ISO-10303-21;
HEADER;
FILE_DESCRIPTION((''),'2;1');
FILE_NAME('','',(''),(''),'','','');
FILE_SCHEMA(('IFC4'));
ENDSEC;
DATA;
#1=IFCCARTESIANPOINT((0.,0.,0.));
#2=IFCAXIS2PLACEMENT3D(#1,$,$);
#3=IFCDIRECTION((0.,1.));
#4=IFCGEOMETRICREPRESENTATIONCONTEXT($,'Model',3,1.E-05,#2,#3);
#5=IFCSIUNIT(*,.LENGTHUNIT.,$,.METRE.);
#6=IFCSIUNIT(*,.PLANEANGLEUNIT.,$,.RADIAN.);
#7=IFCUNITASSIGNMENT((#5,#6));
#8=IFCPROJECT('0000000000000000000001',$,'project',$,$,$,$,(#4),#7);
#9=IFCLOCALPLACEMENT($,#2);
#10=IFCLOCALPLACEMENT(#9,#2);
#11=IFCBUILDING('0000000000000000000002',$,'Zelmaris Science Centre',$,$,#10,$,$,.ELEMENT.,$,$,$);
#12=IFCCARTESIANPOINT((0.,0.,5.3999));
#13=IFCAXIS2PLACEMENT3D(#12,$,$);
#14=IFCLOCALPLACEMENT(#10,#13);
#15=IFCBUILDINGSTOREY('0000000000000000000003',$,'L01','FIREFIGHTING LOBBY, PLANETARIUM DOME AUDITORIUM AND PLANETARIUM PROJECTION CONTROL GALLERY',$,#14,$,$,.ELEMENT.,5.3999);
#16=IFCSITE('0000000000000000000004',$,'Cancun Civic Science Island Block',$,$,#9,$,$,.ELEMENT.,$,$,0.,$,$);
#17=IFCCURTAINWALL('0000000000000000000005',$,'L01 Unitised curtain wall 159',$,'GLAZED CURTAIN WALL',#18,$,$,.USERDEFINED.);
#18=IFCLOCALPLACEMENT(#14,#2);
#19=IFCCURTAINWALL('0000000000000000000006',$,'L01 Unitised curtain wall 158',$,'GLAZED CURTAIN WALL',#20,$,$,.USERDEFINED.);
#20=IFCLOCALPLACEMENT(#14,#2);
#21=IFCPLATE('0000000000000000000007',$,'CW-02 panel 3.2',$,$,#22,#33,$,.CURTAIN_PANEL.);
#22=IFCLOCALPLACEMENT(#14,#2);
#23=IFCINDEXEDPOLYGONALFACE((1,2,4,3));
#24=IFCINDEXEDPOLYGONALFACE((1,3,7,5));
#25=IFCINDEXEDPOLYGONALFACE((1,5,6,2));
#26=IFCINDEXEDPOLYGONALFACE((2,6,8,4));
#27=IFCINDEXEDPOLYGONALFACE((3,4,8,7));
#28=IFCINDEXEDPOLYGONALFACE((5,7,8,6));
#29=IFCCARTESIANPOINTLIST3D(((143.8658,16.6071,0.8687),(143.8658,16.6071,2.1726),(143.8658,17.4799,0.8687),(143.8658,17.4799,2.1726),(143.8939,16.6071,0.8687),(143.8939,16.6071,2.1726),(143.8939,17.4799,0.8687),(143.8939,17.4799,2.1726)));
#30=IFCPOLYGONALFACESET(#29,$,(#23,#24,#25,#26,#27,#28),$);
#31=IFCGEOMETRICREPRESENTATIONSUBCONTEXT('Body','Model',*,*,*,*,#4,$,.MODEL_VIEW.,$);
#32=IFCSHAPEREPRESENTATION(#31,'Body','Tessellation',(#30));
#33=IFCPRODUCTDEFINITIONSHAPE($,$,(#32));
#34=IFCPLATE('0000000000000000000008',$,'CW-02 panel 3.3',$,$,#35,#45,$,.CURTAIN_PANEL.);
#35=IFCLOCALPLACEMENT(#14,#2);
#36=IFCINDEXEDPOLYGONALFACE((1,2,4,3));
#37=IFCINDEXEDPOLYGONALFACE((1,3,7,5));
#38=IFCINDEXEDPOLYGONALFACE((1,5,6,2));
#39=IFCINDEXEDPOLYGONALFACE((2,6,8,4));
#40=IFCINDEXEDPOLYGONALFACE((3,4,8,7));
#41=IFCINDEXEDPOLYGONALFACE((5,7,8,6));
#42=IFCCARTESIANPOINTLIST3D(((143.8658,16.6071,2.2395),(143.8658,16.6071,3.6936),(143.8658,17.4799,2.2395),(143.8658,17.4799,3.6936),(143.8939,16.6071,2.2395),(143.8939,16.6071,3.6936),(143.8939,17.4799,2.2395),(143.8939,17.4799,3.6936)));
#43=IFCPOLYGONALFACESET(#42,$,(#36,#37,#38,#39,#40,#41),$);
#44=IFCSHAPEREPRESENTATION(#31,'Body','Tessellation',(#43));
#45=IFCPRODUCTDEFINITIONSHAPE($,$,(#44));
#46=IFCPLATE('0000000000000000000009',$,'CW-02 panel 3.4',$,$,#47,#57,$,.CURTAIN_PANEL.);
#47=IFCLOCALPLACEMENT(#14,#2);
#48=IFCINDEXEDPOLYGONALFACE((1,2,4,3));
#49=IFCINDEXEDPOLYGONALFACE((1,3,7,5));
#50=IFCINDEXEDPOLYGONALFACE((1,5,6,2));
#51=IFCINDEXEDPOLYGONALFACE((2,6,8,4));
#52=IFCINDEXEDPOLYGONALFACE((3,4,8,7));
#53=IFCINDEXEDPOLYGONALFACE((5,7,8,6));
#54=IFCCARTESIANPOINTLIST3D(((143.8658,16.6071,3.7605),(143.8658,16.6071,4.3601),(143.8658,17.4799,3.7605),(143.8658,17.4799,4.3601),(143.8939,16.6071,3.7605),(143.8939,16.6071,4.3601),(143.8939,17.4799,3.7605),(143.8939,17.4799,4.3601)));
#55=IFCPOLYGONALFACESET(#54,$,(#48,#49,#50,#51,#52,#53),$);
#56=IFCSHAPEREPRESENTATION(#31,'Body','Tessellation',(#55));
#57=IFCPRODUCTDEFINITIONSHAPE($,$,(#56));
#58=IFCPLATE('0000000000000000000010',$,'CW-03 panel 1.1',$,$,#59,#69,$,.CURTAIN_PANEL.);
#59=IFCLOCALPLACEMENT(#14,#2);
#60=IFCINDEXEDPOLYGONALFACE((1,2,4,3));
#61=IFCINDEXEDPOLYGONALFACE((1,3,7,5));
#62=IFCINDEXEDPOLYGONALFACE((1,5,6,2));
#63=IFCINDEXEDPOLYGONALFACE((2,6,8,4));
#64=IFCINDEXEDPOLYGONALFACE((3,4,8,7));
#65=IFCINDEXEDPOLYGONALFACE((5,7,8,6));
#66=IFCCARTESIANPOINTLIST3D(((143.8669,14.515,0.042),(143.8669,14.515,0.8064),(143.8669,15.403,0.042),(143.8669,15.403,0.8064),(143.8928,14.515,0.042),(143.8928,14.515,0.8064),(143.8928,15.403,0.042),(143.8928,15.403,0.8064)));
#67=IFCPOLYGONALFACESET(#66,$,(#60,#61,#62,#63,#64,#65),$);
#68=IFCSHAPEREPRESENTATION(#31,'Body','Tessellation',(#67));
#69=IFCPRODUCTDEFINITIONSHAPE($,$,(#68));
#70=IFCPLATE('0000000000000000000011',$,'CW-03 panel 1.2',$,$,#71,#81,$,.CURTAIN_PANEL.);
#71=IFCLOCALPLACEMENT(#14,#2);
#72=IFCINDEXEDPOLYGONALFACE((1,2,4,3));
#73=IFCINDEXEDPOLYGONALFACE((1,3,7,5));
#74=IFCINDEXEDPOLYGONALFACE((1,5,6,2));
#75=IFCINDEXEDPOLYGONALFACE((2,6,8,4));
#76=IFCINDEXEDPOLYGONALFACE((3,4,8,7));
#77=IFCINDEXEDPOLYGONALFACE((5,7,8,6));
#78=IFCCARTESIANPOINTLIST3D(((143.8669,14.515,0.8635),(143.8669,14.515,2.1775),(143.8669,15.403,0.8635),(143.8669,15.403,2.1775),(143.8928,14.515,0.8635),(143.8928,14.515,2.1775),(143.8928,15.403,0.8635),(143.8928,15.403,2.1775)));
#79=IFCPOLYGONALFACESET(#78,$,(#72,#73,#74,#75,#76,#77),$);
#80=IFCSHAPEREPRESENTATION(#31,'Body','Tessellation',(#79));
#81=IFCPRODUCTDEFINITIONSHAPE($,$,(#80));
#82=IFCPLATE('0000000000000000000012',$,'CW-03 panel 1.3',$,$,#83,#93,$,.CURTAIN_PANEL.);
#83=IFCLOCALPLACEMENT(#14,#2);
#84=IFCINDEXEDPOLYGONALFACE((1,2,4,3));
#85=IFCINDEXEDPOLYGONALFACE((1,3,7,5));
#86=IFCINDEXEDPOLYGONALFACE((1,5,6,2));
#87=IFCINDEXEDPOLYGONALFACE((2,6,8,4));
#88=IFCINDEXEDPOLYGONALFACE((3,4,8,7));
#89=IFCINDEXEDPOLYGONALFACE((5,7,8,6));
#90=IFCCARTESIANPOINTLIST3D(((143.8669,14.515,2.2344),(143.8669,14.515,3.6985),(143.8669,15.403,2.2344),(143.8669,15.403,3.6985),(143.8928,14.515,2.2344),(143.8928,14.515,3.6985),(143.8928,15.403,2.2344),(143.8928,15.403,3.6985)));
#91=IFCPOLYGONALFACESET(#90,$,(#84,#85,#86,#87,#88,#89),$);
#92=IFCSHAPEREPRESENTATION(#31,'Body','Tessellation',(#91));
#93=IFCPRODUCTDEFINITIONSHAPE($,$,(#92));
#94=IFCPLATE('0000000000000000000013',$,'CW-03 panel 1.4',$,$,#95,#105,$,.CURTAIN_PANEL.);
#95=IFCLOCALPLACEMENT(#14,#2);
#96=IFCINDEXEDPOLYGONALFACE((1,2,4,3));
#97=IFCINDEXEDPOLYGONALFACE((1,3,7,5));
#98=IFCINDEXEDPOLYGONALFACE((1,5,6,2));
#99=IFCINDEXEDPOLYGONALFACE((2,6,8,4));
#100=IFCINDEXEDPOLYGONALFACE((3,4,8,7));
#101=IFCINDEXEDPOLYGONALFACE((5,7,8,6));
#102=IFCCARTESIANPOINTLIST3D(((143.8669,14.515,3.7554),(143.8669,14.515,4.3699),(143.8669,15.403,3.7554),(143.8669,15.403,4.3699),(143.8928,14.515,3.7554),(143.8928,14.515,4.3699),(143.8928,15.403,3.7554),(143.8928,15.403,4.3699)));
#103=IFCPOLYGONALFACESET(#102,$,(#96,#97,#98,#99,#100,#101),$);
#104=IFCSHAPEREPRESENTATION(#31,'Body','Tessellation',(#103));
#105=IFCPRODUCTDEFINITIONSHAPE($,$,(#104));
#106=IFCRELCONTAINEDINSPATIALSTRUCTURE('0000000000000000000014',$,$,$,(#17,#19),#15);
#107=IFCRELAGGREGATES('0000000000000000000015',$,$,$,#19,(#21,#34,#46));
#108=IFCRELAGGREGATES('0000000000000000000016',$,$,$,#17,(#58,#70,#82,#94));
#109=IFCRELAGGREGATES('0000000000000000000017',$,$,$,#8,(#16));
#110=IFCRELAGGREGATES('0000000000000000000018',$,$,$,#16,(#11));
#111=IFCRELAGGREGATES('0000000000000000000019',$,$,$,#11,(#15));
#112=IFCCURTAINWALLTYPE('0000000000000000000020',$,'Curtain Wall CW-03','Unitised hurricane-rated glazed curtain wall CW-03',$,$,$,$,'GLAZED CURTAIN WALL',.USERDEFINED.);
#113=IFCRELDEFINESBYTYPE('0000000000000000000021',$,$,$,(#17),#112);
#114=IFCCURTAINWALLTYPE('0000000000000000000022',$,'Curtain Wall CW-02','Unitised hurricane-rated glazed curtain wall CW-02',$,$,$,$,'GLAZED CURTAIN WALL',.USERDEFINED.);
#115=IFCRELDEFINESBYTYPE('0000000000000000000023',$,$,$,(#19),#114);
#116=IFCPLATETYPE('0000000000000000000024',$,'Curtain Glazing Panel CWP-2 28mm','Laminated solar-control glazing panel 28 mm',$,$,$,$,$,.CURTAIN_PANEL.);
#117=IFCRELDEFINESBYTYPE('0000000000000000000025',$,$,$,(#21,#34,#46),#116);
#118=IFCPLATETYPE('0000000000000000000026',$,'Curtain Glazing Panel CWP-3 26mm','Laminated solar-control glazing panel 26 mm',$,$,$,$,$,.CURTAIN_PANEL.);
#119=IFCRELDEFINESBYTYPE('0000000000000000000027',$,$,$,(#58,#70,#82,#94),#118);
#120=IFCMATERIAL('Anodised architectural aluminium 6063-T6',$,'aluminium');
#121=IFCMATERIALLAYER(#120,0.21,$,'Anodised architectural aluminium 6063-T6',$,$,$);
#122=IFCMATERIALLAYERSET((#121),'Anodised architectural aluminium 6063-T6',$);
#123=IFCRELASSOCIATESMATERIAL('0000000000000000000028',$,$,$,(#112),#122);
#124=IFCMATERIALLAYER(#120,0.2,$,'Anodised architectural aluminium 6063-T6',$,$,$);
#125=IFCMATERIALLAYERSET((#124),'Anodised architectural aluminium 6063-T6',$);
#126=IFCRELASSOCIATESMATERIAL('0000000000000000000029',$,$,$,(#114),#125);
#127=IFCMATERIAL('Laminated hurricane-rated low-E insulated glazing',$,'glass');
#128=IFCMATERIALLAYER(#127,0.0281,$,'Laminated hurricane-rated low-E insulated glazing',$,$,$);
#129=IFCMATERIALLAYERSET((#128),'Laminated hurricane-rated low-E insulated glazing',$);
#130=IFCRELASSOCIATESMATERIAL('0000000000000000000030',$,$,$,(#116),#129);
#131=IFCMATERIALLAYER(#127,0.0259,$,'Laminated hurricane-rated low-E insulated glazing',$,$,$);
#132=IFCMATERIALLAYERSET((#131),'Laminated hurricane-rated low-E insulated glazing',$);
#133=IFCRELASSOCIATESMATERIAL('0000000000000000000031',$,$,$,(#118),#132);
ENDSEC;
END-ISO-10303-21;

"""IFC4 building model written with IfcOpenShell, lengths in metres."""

from ifc_helpers import new_model, si_unit, direction, frame, origin, origin_2d, place, context, subcontext, project, spatial, rectangle, extrude, material, layer, layer_set, type_object, element, aggregate, save


model = new_model("IFC4")

# Units and contexts
model_context = context("Model", 3, precision=1e-05, world=origin(), true_north=direction((0.0, 1.0)))
body_context = subcontext(model_context, "Body", "Model", "MODEL_VIEW")
ifc_project = project(units=[si_unit("LENGTHUNIT", "METRE"), si_unit("PLANEANGLEUNIT", "RADIAN")], contexts=[model_context])

# Site, building, storey
site_placement = place(None, origin())
site = spatial("IfcSite", under=ifc_project, at=site_placement, Name="Cancun Civic Science Island Block", CompositionType="ELEMENT", RefElevation=0.0)
building_placement = place(site_placement, origin())
building = spatial("IfcBuilding", under=site, at=building_placement, Name="Zelmaris Science Centre", CompositionType="ELEMENT")
storey_placement = place(building_placement, frame((0.0, 0.0, 5.3999)))
storey = spatial("IfcBuildingStorey", under=building, at=storey_placement, Name="L01", Description="FIREFIGHTING LOBBY, PLANETARIUM DOME AUDITORIUM AND PLANETARIUM PROJECTION CONTROL GALLERY", CompositionType="ELEMENT", Elevation=5.3999)

# Curtain wall
ifc_material_1 = material(Name="Anodised architectural aluminium 6063-T6", Category="aluminium")
ifc_layer_1 = layer(ifc_material_1, 0.21, Name="Anodised architectural aluminium 6063-T6")
ifc_layer_set_1 = layer_set([ifc_layer_1], Name="Anodised architectural aluminium 6063-T6")
curtain_wall_type_1 = type_object("IfcCurtainWallType", Name="Curtain Wall CW-03", Description="Unitised hurricane-rated glazed curtain wall CW-03", ElementType="GLAZED CURTAIN WALL", PredefinedType="USERDEFINED", material=ifc_layer_set_1)
curtain_wall_1_placement = place(storey_placement, origin())
curtain_wall_1 = element("IfcCurtainWall", 1, at=curtain_wall_1_placement, inside=storey, type_object=curtain_wall_type_1, Name="L01 Unitised curtain wall 159", ObjectType="GLAZED CURTAIN WALL", PredefinedType="USERDEFINED")

# Curtain wall
ifc_layer_2 = layer(ifc_material_1, 0.2, Name="Anodised architectural aluminium 6063-T6")
ifc_layer_set_2 = layer_set([ifc_layer_2], Name="Anodised architectural aluminium 6063-T6")
curtain_wall_type_2 = type_object("IfcCurtainWallType", Name="Curtain Wall CW-02", Description="Unitised hurricane-rated glazed curtain wall CW-02", ElementType="GLAZED CURTAIN WALL", PredefinedType="USERDEFINED", material=ifc_layer_set_2)
curtain_wall_2_placement = place(storey_placement, origin())
curtain_wall_2 = element("IfcCurtainWall", 2, at=curtain_wall_2_placement, inside=storey, type_object=curtain_wall_type_2, Name="L01 Unitised curtain wall 158", ObjectType="GLAZED CURTAIN WALL", PredefinedType="USERDEFINED")

# Plates
ifc_material_2 = material(Name="Laminated hurricane-rated low-E insulated glazing", Category="glass")
ifc_layer_3 = layer(ifc_material_2, 0.0281, Name="Laminated hurricane-rated low-E insulated glazing")
ifc_layer_set_3 = layer_set([ifc_layer_3], Name="Laminated hurricane-rated low-E insulated glazing")
plate_type_1 = type_object("IfcPlateType", Name="Curtain Glazing Panel CWP-2 28mm", Description="Laminated solar-control glazing panel 28 mm", PredefinedType="CURTAIN_PANEL", material=ifc_layer_set_3)
plate_1_placement = place(storey_placement, frame((143.8799, 17.0435, 0.8687), z_axis=(0.0, 0.0, 1.0), x_axis=(0.0, -1.0, 0.0)))
plate_1 = element("IfcPlate", 3, at=plate_1_placement, type_object=plate_type_1, Name="CW-02 panel 3.2", PredefinedType="CURTAIN_PANEL", context=body_context, shape_type="SweptSolid", body=[
    extrude(rectangle(XDim=0.8728, YDim=0.0281, at=origin_2d()), origin(), (0.0, 0.0, 1.0), 1.304),
])
plate_2_placement = place(storey_placement, frame((143.8799, 17.0435, 2.2395), z_axis=(0.0, 0.0, 1.0), x_axis=(0.0, -1.0, 0.0)))
plate_2 = element("IfcPlate", 4, at=plate_2_placement, type_object=plate_type_1, Name="CW-02 panel 3.3", PredefinedType="CURTAIN_PANEL", context=body_context, shape_type="SweptSolid", body=[
    extrude(rectangle(XDim=0.8728, YDim=0.0281, at=origin_2d()), origin(), (0.0, 0.0, 1.0), 1.4541),
])
plate_3_placement = place(storey_placement, frame((143.8799, 17.0435, 3.7605), z_axis=(0.0, 0.0, 1.0), x_axis=(0.0, -1.0, 0.0)))
plate_3 = element("IfcPlate", 5, at=plate_3_placement, type_object=plate_type_1, Name="CW-02 panel 3.4", PredefinedType="CURTAIN_PANEL", context=body_context, shape_type="SweptSolid", body=[
    extrude(rectangle(XDim=0.8728, YDim=0.0281, at=origin_2d()), origin(), (0.0, 0.0, 1.0), 0.5996),
])
aggregate(curtain_wall_2, [plate_1, plate_2, plate_3])
ifc_layer_4 = layer(ifc_material_2, 0.0259, Name="Laminated hurricane-rated low-E insulated glazing")
ifc_layer_set_4 = layer_set([ifc_layer_4], Name="Laminated hurricane-rated low-E insulated glazing")
plate_type_2 = type_object("IfcPlateType", Name="Curtain Glazing Panel CWP-3 26mm", Description="Laminated solar-control glazing panel 26 mm", PredefinedType="CURTAIN_PANEL", material=ifc_layer_set_4)
plate_4_placement = place(storey_placement, frame((143.8799, 14.959, 0.042), z_axis=(0.0, 0.0, 1.0), x_axis=(0.0, -1.0, 0.0)))
plate_4 = element("IfcPlate", 6, at=plate_4_placement, type_object=plate_type_2, Name="CW-03 panel 1.1", PredefinedType="CURTAIN_PANEL", context=body_context, shape_type="SweptSolid", body=[
    extrude(rectangle(XDim=0.8879, YDim=0.0259, at=origin_2d()), origin(), (0.0, 0.0, 1.0), 0.7644),
])
plate_5_placement = place(storey_placement, frame((143.8799, 14.959, 0.8635), z_axis=(0.0, 0.0, 1.0), x_axis=(0.0, -1.0, 0.0)))
plate_5 = element("IfcPlate", 7, at=plate_5_placement, type_object=plate_type_2, Name="CW-03 panel 1.2", PredefinedType="CURTAIN_PANEL", context=body_context, shape_type="SweptSolid", body=[
    extrude(rectangle(XDim=0.8879, YDim=0.0259, at=origin_2d()), origin(), (0.0, 0.0, 1.0), 1.314),
])
plate_6_placement = place(storey_placement, frame((143.8799, 14.959, 2.2344), z_axis=(0.0, 0.0, 1.0), x_axis=(0.0, -1.0, 0.0)))
plate_6 = element("IfcPlate", 8, at=plate_6_placement, type_object=plate_type_2, Name="CW-03 panel 1.3", PredefinedType="CURTAIN_PANEL", context=body_context, shape_type="SweptSolid", body=[
    extrude(rectangle(XDim=0.8879, YDim=0.0259, at=origin_2d()), origin(), (0.0, 0.0, 1.0), 1.4641),
])
plate_7_placement = place(storey_placement, frame((143.8799, 14.959, 3.7554), z_axis=(0.0, 0.0, 1.0), x_axis=(0.0, -1.0, 0.0)))
plate_7 = element("IfcPlate", 9, at=plate_7_placement, type_object=plate_type_2, Name="CW-03 panel 1.4", PredefinedType="CURTAIN_PANEL", context=body_context, shape_type="SweptSolid", body=[
    extrude(rectangle(XDim=0.8879, YDim=0.0259, at=origin_2d()), origin(), (0.0, 0.0, 1.0), 0.6145),
])
aggregate(curtain_wall_1, [plate_4, plate_5, plate_6, plate_7])

save(model, "model.ifc")
